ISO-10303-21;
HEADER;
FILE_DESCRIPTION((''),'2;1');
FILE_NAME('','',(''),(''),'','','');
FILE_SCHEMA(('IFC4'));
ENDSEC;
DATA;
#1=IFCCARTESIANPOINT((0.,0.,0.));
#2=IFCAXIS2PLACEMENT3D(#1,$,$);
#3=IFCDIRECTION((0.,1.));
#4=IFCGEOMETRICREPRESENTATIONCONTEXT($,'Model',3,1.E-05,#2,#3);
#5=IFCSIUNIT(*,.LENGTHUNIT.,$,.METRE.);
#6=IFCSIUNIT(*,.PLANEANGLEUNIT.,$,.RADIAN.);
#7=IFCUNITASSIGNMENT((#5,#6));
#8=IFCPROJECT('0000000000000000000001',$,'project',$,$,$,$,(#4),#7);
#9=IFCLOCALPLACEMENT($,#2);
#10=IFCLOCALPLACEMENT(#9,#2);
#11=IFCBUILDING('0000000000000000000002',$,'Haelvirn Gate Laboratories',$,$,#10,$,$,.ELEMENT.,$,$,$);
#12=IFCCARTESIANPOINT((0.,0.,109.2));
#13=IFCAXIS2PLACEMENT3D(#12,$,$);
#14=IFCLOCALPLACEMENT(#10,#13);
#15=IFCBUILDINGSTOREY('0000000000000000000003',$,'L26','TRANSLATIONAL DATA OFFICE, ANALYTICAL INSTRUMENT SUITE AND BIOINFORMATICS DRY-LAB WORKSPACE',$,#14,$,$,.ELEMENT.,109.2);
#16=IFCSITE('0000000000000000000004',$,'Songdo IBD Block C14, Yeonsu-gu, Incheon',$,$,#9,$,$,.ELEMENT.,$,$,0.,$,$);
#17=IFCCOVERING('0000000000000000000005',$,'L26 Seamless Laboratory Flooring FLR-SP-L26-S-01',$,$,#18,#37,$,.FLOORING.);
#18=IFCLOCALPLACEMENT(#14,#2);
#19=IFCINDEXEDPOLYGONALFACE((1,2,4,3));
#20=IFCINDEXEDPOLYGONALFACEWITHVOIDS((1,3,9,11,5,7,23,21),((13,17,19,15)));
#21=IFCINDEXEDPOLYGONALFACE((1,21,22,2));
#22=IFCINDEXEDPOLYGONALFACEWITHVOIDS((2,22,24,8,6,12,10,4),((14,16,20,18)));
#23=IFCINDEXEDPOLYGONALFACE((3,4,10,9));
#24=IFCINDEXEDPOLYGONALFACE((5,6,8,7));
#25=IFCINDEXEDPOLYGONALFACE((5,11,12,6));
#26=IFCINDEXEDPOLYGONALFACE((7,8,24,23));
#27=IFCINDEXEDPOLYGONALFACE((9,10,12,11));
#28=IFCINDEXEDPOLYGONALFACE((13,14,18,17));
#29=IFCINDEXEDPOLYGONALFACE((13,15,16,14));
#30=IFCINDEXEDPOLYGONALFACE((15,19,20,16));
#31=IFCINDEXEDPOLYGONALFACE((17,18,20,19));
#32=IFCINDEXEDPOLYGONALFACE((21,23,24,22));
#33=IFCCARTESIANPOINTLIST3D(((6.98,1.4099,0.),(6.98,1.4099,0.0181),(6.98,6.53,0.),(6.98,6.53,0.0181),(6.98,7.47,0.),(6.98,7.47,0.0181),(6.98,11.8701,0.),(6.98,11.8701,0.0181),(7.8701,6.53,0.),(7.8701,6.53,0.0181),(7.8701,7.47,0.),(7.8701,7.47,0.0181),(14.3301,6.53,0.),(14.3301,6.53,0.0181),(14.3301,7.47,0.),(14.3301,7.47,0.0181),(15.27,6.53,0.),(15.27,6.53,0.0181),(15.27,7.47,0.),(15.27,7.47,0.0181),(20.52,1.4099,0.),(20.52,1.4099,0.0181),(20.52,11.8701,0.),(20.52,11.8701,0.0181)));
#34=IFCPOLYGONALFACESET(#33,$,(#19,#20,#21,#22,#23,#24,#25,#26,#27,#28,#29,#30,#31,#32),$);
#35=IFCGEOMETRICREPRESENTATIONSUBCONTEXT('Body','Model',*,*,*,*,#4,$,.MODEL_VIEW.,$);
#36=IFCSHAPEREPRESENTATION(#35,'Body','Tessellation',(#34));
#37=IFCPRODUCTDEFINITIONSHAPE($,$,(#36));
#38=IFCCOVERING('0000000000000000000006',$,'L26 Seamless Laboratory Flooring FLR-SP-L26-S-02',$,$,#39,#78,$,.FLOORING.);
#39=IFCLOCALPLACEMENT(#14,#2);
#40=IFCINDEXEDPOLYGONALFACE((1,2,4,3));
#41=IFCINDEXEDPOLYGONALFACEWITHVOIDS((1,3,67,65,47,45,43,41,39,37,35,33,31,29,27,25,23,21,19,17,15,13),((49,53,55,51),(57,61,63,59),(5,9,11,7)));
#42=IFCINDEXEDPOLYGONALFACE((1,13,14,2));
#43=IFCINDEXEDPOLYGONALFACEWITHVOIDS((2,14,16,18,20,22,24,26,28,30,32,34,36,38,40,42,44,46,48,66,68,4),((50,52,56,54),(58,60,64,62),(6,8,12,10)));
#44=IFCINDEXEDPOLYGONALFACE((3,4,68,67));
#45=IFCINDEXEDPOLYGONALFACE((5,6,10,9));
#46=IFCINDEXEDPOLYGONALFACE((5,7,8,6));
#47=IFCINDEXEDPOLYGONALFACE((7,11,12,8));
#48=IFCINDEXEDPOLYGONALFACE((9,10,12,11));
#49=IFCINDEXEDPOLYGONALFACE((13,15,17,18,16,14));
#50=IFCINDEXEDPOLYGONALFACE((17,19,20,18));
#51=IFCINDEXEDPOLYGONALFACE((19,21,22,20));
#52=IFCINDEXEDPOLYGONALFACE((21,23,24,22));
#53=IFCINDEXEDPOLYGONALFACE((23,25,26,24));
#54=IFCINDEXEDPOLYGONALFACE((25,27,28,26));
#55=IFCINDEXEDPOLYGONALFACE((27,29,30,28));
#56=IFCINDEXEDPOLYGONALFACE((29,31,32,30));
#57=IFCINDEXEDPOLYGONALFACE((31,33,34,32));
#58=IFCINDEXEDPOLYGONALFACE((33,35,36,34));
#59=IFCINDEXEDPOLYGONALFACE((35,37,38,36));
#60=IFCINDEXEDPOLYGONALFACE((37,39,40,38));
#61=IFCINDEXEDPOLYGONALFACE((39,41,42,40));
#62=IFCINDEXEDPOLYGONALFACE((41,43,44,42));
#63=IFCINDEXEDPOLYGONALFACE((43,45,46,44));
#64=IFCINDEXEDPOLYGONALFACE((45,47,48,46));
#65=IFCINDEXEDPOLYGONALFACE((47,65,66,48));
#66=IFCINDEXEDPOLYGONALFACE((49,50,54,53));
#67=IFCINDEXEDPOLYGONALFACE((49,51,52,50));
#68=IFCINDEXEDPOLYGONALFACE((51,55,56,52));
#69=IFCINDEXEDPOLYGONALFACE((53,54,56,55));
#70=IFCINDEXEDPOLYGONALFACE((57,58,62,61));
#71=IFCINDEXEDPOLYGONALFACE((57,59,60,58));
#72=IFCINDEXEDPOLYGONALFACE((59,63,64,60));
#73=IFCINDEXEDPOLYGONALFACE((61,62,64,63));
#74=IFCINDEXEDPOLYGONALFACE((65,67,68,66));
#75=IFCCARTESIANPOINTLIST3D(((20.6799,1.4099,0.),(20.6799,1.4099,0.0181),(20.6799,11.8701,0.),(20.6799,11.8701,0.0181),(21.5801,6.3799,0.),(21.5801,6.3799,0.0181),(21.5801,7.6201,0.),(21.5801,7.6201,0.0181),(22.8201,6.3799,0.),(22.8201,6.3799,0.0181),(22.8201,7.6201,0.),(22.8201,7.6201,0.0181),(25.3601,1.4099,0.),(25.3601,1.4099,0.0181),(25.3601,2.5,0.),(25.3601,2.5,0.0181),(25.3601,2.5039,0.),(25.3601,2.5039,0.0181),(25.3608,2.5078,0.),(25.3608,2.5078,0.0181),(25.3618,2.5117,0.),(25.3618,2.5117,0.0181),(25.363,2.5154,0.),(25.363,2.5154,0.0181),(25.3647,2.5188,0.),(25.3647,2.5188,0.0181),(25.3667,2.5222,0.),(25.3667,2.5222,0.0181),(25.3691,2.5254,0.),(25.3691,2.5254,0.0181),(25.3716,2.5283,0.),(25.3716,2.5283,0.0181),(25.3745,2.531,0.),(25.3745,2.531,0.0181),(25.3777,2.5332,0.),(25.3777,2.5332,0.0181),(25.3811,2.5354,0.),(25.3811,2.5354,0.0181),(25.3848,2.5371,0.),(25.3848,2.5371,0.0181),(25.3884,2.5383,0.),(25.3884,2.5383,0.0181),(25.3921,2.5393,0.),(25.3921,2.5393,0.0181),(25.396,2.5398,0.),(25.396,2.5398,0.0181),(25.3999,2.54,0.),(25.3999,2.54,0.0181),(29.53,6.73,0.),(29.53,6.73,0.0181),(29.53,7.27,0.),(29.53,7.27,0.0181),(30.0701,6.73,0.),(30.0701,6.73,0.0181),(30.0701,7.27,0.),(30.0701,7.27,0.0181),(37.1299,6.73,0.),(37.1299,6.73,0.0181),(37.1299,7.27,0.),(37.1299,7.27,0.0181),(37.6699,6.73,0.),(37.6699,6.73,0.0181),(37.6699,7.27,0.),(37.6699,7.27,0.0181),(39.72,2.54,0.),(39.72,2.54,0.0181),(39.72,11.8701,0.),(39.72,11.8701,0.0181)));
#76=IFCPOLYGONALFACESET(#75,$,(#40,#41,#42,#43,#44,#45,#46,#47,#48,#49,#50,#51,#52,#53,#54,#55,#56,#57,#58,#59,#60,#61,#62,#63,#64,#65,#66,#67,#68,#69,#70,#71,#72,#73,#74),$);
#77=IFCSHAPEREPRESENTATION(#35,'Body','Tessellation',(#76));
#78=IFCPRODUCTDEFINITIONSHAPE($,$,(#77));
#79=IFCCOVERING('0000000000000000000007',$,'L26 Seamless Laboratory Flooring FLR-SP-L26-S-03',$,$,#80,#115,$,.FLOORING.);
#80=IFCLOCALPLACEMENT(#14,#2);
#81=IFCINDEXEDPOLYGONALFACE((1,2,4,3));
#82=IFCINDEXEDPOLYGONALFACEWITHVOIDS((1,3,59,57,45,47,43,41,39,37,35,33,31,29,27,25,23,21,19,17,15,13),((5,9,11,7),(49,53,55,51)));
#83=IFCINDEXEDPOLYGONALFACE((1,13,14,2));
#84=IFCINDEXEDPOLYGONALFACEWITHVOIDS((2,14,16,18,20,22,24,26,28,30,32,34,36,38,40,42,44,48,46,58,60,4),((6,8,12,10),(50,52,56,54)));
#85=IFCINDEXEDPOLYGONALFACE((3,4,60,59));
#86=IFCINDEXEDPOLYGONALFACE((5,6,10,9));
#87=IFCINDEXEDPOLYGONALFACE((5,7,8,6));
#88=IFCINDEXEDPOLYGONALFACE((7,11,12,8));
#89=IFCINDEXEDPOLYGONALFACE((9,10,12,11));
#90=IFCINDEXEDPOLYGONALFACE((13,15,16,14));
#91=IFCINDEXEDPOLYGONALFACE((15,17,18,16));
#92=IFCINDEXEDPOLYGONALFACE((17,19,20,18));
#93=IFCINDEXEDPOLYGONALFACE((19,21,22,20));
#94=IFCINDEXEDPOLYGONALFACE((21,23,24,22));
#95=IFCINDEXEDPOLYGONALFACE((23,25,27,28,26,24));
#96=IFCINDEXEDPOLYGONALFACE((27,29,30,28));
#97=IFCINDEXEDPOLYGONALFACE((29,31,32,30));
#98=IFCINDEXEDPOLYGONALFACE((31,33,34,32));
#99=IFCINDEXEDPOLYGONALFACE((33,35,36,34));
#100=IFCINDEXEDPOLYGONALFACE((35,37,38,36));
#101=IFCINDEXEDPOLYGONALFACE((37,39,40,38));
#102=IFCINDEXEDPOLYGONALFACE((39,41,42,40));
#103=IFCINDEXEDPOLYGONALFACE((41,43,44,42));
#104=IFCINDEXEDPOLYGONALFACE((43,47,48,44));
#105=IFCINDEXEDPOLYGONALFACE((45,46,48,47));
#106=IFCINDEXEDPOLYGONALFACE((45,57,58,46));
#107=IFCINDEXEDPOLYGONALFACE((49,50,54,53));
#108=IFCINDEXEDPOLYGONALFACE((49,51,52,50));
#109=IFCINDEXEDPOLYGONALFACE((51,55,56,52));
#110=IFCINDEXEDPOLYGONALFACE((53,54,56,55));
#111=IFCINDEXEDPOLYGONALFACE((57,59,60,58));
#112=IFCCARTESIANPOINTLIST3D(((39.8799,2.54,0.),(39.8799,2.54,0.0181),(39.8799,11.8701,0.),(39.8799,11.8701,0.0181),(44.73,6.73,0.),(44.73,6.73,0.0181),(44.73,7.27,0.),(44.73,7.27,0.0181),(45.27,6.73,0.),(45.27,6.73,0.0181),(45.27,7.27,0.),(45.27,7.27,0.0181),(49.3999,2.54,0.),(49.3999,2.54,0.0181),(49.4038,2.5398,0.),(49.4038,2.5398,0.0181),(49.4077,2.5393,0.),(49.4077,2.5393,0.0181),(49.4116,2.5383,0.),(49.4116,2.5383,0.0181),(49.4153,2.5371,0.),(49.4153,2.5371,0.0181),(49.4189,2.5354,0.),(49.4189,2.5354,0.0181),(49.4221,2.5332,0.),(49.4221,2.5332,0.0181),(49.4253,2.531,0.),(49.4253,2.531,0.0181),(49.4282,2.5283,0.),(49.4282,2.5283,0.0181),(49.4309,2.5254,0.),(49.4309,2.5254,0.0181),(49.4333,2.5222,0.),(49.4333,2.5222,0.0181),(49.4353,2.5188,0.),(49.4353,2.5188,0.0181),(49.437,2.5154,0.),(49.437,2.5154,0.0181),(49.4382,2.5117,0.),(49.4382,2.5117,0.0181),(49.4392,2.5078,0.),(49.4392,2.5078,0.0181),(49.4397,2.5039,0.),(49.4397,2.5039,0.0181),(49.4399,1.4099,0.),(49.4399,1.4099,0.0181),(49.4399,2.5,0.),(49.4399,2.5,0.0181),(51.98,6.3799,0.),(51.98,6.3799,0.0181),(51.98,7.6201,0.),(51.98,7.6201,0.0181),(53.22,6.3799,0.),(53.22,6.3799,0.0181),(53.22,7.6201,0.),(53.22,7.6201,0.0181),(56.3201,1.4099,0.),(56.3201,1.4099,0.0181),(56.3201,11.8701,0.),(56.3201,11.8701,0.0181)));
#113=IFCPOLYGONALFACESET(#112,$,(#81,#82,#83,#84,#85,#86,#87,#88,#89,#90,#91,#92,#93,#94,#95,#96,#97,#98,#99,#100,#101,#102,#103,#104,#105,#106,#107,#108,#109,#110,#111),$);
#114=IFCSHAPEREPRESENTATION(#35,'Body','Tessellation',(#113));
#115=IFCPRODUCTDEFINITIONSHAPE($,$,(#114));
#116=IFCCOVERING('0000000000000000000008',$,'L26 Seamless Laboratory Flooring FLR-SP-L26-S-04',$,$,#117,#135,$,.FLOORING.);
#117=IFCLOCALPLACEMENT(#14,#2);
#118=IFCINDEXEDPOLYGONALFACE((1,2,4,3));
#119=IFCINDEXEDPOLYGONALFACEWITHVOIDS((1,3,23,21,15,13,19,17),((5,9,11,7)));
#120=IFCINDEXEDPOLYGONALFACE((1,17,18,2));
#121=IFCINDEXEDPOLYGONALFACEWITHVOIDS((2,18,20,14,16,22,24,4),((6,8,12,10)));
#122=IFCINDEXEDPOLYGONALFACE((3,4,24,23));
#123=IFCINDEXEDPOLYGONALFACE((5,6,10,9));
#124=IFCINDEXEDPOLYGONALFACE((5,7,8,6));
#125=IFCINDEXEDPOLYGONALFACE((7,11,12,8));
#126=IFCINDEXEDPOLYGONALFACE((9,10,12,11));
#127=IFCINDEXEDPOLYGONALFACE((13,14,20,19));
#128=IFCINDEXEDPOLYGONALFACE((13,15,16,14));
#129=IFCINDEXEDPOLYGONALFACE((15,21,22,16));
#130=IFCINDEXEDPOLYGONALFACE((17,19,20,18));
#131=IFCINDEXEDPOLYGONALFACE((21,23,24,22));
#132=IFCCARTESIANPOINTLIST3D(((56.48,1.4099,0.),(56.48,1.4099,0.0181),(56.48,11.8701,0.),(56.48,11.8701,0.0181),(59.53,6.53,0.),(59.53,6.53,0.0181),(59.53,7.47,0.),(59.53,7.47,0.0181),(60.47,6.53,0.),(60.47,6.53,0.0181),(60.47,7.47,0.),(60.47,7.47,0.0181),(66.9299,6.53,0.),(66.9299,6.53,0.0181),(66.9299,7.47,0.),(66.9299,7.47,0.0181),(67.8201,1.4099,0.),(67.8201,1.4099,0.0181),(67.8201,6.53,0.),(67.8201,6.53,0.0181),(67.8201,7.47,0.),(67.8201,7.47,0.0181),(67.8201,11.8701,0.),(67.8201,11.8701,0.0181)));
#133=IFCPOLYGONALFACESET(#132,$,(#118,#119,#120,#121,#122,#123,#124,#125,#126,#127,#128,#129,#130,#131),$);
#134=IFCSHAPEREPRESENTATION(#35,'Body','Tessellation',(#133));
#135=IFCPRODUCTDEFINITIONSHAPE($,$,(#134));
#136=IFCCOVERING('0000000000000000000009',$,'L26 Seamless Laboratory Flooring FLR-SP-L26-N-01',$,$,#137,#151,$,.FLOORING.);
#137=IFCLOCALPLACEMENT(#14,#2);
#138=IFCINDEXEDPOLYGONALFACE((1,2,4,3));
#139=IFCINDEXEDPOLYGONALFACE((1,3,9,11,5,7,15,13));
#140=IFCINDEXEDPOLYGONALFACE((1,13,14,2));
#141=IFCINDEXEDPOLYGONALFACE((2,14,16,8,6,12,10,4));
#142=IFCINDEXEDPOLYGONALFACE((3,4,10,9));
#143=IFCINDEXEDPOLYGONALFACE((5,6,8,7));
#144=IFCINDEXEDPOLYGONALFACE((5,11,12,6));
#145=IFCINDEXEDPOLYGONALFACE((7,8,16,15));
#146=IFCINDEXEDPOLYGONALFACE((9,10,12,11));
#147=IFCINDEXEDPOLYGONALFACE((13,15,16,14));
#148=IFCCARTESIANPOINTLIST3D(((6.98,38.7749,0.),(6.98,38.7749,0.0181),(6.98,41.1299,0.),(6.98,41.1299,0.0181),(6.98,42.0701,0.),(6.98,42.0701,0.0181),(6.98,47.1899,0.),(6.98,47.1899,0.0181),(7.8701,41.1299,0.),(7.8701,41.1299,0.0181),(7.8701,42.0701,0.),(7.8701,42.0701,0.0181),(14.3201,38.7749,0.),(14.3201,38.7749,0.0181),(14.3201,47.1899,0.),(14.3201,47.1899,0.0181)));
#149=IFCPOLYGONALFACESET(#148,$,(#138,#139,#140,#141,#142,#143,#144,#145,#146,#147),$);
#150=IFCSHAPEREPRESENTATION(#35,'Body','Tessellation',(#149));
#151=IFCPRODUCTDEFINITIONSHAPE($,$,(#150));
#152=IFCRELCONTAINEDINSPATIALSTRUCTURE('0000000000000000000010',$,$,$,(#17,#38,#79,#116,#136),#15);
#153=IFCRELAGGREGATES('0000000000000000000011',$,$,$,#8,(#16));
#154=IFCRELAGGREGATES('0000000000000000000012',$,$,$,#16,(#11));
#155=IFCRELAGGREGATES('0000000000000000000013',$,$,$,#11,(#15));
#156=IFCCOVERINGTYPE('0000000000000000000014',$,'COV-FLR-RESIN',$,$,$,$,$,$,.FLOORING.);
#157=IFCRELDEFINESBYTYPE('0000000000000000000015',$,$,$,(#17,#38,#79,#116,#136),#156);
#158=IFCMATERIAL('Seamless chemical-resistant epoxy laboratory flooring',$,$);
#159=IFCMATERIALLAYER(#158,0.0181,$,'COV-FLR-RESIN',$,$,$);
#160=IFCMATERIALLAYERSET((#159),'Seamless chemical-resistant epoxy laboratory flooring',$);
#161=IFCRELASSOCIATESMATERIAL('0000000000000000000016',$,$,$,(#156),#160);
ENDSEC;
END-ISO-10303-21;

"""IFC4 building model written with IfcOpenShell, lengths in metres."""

from ifc_helpers import new_model, si_unit, direction, frame, origin, place, context, subcontext, project, spatial, polyline, outline, extrude, material, layer, layer_set, type_object, element, save


model = new_model("IFC4")

# Units and contexts
model_context = context("Model", 3, precision=1e-05, world=origin(), true_north=direction((0.0, 1.0)))
body_context = subcontext(model_context, "Body", "Model", "MODEL_VIEW")
ifc_project = project(units=[si_unit("LENGTHUNIT", "METRE"), si_unit("PLANEANGLEUNIT", "RADIAN")], contexts=[model_context])

# Site, building, storey
site_placement = place(None, origin())
site = spatial("IfcSite", under=ifc_project, at=site_placement, Name="Songdo IBD Block C14, Yeonsu-gu, Incheon", CompositionType="ELEMENT", RefElevation=0.0)
building_placement = place(site_placement, origin())
building = spatial("IfcBuilding", under=site, at=building_placement, Name="Haelvirn Gate Laboratories", CompositionType="ELEMENT")
storey_placement = place(building_placement, frame((0.0, 0.0, 109.2)))
storey = spatial("IfcBuildingStorey", under=building, at=storey_placement, Name="L26", Description="TRANSLATIONAL DATA OFFICE, ANALYTICAL INSTRUMENT SUITE AND BIOINFORMATICS DRY-LAB WORKSPACE", CompositionType="ELEMENT", Elevation=109.2)

# Coverings
ifc_material_1 = material(Name="Seamless chemical-resistant epoxy laboratory flooring")
ifc_layer_1 = layer(ifc_material_1, 0.0181, Name="COV-FLR-RESIN")
ifc_layer_set_1 = layer_set([ifc_layer_1], Name="Seamless chemical-resistant epoxy laboratory flooring")
covering_type = type_object("IfcCoveringType", Name="COV-FLR-RESIN", PredefinedType="FLOORING", material=ifc_layer_set_1)
covering_1_placement = place(storey_placement, origin())
element("IfcCovering", 1, at=covering_1_placement, inside=storey, type_object=covering_type, Name="L26 Seamless Laboratory Flooring FLR-SP-L26-S-01", PredefinedType="FLOORING", context=body_context, shape_type="SweptSolid", body=[
    extrude(outline(polyline([(20.52, 1.4099), (6.98, 1.4099), (6.98, 6.53), (7.8701, 6.53), (7.8701, 7.47), (6.98, 7.47), (6.98, 11.8701), (20.52, 11.8701), (20.52, 1.4099)]), holes=[polyline([(14.3301, 6.53), (15.27, 6.53), (15.27, 7.47), (14.3301, 7.47), (14.3301, 6.53)])]), origin(), (0.0, 0.0, 1.0), 0.0181),
])
covering_2_placement = place(storey_placement, origin())
element("IfcCovering", 2, at=covering_2_placement, inside=storey, type_object=covering_type, Name="L26 Seamless Laboratory Flooring FLR-SP-L26-S-02", PredefinedType="FLOORING", context=body_context, shape_type="SweptSolid", body=[
    extrude(outline(polyline([(25.3999, 2.54), (25.396, 2.5398), (25.3921, 2.5393), (25.3884, 2.5383), (25.3848, 2.5371), (25.3811, 2.5354), (25.3777, 2.5332), (25.3745, 2.531), (25.3716, 2.5283), (25.3691, 2.5254), (25.3667, 2.5222), (25.3647, 2.5188), (25.363, 2.5154), (25.3618, 2.5117), (25.3608, 2.5078), (25.3601, 2.5039), (25.3601, 2.5), (25.3601, 1.4099), (20.6799, 1.4099), (20.6799, 11.8701), (39.72, 11.8701), (39.72, 2.54), (25.3999, 2.54)]), holes=[polyline([(22.8201, 6.3799), (22.8201, 7.6201), (21.5801, 7.6201), (21.5801, 6.3799), (22.8201, 6.3799)]), polyline([(29.53, 6.73), (30.0701, 6.73), (30.0701, 7.27), (29.53, 7.27), (29.53, 6.73)]), polyline([(37.1299, 7.27), (37.1299, 6.73), (37.6699, 6.73), (37.6699, 7.27), (37.1299, 7.27)])]), origin(), (0.0, 0.0, 1.0), 0.0181),
])
covering_3_placement = place(storey_placement, origin())
element("IfcCovering", 3, at=covering_3_placement, inside=storey, type_object=covering_type, Name="L26 Seamless Laboratory Flooring FLR-SP-L26-S-03", PredefinedType="FLOORING", context=body_context, shape_type="SweptSolid", body=[
    extrude(outline(polyline([(49.4399, 1.4099), (49.4399, 2.5), (49.4397, 2.5039), (49.4392, 2.5078), (49.4382, 2.5117), (49.437, 2.5154), (49.4353, 2.5188), (49.4333, 2.5222), (49.4309, 2.5254), (49.4282, 2.5283), (49.4253, 2.531), (49.4221, 2.5332), (49.4189, 2.5354), (49.4153, 2.5371), (49.4116, 2.5383), (49.4077, 2.5393), (49.4038, 2.5398), (49.3999, 2.54), (39.8799, 2.54), (39.8799, 11.8701), (56.3201, 11.8701), (56.3201, 1.4099), (49.4399, 1.4099)]), holes=[polyline([(51.98, 6.3799), (53.22, 6.3799), (53.22, 7.6201), (51.98, 7.6201), (51.98, 6.3799)]), polyline([(44.73, 7.27), (44.73, 6.73), (45.27, 6.73), (45.27, 7.27), (44.73, 7.27)])]), origin(), (0.0, 0.0, 1.0), 0.0181),
])
covering_4_placement = place(storey_placement, origin())
element("IfcCovering", 4, at=covering_4_placement, inside=storey, type_object=covering_type, Name="L26 Seamless Laboratory Flooring FLR-SP-L26-S-04", PredefinedType="FLOORING", context=body_context, shape_type="SweptSolid", body=[
    extrude(outline(polyline([(67.8201, 7.47), (66.9299, 7.47), (66.9299, 6.53), (67.8201, 6.53), (67.8201, 1.4099), (56.48, 1.4099), (56.48, 11.8701), (67.8201, 11.8701), (67.8201, 7.47)]), holes=[polyline([(59.53, 6.53), (60.47, 6.53), (60.47, 7.47), (59.53, 7.47), (59.53, 6.53)])]), origin(), (0.0, 0.0, 1.0), 0.0181),
])
covering_5_placement = place(storey_placement, origin())
element("IfcCovering", 5, at=covering_5_placement, inside=storey, type_object=covering_type, Name="L26 Seamless Laboratory Flooring FLR-SP-L26-N-01", PredefinedType="FLOORING", context=body_context, shape_type="SweptSolid", body=[
    extrude(outline(polyline([(7.8701, 41.1299), (7.8701, 42.0701), (6.98, 42.0701), (6.98, 47.1899), (14.3201, 47.1899), (14.3201, 38.7749), (6.98, 38.7749), (6.98, 41.1299), (7.8701, 41.1299)])), origin(), (0.0, 0.0, 1.0), 0.0181),
])

save(model, "model.ifc")
